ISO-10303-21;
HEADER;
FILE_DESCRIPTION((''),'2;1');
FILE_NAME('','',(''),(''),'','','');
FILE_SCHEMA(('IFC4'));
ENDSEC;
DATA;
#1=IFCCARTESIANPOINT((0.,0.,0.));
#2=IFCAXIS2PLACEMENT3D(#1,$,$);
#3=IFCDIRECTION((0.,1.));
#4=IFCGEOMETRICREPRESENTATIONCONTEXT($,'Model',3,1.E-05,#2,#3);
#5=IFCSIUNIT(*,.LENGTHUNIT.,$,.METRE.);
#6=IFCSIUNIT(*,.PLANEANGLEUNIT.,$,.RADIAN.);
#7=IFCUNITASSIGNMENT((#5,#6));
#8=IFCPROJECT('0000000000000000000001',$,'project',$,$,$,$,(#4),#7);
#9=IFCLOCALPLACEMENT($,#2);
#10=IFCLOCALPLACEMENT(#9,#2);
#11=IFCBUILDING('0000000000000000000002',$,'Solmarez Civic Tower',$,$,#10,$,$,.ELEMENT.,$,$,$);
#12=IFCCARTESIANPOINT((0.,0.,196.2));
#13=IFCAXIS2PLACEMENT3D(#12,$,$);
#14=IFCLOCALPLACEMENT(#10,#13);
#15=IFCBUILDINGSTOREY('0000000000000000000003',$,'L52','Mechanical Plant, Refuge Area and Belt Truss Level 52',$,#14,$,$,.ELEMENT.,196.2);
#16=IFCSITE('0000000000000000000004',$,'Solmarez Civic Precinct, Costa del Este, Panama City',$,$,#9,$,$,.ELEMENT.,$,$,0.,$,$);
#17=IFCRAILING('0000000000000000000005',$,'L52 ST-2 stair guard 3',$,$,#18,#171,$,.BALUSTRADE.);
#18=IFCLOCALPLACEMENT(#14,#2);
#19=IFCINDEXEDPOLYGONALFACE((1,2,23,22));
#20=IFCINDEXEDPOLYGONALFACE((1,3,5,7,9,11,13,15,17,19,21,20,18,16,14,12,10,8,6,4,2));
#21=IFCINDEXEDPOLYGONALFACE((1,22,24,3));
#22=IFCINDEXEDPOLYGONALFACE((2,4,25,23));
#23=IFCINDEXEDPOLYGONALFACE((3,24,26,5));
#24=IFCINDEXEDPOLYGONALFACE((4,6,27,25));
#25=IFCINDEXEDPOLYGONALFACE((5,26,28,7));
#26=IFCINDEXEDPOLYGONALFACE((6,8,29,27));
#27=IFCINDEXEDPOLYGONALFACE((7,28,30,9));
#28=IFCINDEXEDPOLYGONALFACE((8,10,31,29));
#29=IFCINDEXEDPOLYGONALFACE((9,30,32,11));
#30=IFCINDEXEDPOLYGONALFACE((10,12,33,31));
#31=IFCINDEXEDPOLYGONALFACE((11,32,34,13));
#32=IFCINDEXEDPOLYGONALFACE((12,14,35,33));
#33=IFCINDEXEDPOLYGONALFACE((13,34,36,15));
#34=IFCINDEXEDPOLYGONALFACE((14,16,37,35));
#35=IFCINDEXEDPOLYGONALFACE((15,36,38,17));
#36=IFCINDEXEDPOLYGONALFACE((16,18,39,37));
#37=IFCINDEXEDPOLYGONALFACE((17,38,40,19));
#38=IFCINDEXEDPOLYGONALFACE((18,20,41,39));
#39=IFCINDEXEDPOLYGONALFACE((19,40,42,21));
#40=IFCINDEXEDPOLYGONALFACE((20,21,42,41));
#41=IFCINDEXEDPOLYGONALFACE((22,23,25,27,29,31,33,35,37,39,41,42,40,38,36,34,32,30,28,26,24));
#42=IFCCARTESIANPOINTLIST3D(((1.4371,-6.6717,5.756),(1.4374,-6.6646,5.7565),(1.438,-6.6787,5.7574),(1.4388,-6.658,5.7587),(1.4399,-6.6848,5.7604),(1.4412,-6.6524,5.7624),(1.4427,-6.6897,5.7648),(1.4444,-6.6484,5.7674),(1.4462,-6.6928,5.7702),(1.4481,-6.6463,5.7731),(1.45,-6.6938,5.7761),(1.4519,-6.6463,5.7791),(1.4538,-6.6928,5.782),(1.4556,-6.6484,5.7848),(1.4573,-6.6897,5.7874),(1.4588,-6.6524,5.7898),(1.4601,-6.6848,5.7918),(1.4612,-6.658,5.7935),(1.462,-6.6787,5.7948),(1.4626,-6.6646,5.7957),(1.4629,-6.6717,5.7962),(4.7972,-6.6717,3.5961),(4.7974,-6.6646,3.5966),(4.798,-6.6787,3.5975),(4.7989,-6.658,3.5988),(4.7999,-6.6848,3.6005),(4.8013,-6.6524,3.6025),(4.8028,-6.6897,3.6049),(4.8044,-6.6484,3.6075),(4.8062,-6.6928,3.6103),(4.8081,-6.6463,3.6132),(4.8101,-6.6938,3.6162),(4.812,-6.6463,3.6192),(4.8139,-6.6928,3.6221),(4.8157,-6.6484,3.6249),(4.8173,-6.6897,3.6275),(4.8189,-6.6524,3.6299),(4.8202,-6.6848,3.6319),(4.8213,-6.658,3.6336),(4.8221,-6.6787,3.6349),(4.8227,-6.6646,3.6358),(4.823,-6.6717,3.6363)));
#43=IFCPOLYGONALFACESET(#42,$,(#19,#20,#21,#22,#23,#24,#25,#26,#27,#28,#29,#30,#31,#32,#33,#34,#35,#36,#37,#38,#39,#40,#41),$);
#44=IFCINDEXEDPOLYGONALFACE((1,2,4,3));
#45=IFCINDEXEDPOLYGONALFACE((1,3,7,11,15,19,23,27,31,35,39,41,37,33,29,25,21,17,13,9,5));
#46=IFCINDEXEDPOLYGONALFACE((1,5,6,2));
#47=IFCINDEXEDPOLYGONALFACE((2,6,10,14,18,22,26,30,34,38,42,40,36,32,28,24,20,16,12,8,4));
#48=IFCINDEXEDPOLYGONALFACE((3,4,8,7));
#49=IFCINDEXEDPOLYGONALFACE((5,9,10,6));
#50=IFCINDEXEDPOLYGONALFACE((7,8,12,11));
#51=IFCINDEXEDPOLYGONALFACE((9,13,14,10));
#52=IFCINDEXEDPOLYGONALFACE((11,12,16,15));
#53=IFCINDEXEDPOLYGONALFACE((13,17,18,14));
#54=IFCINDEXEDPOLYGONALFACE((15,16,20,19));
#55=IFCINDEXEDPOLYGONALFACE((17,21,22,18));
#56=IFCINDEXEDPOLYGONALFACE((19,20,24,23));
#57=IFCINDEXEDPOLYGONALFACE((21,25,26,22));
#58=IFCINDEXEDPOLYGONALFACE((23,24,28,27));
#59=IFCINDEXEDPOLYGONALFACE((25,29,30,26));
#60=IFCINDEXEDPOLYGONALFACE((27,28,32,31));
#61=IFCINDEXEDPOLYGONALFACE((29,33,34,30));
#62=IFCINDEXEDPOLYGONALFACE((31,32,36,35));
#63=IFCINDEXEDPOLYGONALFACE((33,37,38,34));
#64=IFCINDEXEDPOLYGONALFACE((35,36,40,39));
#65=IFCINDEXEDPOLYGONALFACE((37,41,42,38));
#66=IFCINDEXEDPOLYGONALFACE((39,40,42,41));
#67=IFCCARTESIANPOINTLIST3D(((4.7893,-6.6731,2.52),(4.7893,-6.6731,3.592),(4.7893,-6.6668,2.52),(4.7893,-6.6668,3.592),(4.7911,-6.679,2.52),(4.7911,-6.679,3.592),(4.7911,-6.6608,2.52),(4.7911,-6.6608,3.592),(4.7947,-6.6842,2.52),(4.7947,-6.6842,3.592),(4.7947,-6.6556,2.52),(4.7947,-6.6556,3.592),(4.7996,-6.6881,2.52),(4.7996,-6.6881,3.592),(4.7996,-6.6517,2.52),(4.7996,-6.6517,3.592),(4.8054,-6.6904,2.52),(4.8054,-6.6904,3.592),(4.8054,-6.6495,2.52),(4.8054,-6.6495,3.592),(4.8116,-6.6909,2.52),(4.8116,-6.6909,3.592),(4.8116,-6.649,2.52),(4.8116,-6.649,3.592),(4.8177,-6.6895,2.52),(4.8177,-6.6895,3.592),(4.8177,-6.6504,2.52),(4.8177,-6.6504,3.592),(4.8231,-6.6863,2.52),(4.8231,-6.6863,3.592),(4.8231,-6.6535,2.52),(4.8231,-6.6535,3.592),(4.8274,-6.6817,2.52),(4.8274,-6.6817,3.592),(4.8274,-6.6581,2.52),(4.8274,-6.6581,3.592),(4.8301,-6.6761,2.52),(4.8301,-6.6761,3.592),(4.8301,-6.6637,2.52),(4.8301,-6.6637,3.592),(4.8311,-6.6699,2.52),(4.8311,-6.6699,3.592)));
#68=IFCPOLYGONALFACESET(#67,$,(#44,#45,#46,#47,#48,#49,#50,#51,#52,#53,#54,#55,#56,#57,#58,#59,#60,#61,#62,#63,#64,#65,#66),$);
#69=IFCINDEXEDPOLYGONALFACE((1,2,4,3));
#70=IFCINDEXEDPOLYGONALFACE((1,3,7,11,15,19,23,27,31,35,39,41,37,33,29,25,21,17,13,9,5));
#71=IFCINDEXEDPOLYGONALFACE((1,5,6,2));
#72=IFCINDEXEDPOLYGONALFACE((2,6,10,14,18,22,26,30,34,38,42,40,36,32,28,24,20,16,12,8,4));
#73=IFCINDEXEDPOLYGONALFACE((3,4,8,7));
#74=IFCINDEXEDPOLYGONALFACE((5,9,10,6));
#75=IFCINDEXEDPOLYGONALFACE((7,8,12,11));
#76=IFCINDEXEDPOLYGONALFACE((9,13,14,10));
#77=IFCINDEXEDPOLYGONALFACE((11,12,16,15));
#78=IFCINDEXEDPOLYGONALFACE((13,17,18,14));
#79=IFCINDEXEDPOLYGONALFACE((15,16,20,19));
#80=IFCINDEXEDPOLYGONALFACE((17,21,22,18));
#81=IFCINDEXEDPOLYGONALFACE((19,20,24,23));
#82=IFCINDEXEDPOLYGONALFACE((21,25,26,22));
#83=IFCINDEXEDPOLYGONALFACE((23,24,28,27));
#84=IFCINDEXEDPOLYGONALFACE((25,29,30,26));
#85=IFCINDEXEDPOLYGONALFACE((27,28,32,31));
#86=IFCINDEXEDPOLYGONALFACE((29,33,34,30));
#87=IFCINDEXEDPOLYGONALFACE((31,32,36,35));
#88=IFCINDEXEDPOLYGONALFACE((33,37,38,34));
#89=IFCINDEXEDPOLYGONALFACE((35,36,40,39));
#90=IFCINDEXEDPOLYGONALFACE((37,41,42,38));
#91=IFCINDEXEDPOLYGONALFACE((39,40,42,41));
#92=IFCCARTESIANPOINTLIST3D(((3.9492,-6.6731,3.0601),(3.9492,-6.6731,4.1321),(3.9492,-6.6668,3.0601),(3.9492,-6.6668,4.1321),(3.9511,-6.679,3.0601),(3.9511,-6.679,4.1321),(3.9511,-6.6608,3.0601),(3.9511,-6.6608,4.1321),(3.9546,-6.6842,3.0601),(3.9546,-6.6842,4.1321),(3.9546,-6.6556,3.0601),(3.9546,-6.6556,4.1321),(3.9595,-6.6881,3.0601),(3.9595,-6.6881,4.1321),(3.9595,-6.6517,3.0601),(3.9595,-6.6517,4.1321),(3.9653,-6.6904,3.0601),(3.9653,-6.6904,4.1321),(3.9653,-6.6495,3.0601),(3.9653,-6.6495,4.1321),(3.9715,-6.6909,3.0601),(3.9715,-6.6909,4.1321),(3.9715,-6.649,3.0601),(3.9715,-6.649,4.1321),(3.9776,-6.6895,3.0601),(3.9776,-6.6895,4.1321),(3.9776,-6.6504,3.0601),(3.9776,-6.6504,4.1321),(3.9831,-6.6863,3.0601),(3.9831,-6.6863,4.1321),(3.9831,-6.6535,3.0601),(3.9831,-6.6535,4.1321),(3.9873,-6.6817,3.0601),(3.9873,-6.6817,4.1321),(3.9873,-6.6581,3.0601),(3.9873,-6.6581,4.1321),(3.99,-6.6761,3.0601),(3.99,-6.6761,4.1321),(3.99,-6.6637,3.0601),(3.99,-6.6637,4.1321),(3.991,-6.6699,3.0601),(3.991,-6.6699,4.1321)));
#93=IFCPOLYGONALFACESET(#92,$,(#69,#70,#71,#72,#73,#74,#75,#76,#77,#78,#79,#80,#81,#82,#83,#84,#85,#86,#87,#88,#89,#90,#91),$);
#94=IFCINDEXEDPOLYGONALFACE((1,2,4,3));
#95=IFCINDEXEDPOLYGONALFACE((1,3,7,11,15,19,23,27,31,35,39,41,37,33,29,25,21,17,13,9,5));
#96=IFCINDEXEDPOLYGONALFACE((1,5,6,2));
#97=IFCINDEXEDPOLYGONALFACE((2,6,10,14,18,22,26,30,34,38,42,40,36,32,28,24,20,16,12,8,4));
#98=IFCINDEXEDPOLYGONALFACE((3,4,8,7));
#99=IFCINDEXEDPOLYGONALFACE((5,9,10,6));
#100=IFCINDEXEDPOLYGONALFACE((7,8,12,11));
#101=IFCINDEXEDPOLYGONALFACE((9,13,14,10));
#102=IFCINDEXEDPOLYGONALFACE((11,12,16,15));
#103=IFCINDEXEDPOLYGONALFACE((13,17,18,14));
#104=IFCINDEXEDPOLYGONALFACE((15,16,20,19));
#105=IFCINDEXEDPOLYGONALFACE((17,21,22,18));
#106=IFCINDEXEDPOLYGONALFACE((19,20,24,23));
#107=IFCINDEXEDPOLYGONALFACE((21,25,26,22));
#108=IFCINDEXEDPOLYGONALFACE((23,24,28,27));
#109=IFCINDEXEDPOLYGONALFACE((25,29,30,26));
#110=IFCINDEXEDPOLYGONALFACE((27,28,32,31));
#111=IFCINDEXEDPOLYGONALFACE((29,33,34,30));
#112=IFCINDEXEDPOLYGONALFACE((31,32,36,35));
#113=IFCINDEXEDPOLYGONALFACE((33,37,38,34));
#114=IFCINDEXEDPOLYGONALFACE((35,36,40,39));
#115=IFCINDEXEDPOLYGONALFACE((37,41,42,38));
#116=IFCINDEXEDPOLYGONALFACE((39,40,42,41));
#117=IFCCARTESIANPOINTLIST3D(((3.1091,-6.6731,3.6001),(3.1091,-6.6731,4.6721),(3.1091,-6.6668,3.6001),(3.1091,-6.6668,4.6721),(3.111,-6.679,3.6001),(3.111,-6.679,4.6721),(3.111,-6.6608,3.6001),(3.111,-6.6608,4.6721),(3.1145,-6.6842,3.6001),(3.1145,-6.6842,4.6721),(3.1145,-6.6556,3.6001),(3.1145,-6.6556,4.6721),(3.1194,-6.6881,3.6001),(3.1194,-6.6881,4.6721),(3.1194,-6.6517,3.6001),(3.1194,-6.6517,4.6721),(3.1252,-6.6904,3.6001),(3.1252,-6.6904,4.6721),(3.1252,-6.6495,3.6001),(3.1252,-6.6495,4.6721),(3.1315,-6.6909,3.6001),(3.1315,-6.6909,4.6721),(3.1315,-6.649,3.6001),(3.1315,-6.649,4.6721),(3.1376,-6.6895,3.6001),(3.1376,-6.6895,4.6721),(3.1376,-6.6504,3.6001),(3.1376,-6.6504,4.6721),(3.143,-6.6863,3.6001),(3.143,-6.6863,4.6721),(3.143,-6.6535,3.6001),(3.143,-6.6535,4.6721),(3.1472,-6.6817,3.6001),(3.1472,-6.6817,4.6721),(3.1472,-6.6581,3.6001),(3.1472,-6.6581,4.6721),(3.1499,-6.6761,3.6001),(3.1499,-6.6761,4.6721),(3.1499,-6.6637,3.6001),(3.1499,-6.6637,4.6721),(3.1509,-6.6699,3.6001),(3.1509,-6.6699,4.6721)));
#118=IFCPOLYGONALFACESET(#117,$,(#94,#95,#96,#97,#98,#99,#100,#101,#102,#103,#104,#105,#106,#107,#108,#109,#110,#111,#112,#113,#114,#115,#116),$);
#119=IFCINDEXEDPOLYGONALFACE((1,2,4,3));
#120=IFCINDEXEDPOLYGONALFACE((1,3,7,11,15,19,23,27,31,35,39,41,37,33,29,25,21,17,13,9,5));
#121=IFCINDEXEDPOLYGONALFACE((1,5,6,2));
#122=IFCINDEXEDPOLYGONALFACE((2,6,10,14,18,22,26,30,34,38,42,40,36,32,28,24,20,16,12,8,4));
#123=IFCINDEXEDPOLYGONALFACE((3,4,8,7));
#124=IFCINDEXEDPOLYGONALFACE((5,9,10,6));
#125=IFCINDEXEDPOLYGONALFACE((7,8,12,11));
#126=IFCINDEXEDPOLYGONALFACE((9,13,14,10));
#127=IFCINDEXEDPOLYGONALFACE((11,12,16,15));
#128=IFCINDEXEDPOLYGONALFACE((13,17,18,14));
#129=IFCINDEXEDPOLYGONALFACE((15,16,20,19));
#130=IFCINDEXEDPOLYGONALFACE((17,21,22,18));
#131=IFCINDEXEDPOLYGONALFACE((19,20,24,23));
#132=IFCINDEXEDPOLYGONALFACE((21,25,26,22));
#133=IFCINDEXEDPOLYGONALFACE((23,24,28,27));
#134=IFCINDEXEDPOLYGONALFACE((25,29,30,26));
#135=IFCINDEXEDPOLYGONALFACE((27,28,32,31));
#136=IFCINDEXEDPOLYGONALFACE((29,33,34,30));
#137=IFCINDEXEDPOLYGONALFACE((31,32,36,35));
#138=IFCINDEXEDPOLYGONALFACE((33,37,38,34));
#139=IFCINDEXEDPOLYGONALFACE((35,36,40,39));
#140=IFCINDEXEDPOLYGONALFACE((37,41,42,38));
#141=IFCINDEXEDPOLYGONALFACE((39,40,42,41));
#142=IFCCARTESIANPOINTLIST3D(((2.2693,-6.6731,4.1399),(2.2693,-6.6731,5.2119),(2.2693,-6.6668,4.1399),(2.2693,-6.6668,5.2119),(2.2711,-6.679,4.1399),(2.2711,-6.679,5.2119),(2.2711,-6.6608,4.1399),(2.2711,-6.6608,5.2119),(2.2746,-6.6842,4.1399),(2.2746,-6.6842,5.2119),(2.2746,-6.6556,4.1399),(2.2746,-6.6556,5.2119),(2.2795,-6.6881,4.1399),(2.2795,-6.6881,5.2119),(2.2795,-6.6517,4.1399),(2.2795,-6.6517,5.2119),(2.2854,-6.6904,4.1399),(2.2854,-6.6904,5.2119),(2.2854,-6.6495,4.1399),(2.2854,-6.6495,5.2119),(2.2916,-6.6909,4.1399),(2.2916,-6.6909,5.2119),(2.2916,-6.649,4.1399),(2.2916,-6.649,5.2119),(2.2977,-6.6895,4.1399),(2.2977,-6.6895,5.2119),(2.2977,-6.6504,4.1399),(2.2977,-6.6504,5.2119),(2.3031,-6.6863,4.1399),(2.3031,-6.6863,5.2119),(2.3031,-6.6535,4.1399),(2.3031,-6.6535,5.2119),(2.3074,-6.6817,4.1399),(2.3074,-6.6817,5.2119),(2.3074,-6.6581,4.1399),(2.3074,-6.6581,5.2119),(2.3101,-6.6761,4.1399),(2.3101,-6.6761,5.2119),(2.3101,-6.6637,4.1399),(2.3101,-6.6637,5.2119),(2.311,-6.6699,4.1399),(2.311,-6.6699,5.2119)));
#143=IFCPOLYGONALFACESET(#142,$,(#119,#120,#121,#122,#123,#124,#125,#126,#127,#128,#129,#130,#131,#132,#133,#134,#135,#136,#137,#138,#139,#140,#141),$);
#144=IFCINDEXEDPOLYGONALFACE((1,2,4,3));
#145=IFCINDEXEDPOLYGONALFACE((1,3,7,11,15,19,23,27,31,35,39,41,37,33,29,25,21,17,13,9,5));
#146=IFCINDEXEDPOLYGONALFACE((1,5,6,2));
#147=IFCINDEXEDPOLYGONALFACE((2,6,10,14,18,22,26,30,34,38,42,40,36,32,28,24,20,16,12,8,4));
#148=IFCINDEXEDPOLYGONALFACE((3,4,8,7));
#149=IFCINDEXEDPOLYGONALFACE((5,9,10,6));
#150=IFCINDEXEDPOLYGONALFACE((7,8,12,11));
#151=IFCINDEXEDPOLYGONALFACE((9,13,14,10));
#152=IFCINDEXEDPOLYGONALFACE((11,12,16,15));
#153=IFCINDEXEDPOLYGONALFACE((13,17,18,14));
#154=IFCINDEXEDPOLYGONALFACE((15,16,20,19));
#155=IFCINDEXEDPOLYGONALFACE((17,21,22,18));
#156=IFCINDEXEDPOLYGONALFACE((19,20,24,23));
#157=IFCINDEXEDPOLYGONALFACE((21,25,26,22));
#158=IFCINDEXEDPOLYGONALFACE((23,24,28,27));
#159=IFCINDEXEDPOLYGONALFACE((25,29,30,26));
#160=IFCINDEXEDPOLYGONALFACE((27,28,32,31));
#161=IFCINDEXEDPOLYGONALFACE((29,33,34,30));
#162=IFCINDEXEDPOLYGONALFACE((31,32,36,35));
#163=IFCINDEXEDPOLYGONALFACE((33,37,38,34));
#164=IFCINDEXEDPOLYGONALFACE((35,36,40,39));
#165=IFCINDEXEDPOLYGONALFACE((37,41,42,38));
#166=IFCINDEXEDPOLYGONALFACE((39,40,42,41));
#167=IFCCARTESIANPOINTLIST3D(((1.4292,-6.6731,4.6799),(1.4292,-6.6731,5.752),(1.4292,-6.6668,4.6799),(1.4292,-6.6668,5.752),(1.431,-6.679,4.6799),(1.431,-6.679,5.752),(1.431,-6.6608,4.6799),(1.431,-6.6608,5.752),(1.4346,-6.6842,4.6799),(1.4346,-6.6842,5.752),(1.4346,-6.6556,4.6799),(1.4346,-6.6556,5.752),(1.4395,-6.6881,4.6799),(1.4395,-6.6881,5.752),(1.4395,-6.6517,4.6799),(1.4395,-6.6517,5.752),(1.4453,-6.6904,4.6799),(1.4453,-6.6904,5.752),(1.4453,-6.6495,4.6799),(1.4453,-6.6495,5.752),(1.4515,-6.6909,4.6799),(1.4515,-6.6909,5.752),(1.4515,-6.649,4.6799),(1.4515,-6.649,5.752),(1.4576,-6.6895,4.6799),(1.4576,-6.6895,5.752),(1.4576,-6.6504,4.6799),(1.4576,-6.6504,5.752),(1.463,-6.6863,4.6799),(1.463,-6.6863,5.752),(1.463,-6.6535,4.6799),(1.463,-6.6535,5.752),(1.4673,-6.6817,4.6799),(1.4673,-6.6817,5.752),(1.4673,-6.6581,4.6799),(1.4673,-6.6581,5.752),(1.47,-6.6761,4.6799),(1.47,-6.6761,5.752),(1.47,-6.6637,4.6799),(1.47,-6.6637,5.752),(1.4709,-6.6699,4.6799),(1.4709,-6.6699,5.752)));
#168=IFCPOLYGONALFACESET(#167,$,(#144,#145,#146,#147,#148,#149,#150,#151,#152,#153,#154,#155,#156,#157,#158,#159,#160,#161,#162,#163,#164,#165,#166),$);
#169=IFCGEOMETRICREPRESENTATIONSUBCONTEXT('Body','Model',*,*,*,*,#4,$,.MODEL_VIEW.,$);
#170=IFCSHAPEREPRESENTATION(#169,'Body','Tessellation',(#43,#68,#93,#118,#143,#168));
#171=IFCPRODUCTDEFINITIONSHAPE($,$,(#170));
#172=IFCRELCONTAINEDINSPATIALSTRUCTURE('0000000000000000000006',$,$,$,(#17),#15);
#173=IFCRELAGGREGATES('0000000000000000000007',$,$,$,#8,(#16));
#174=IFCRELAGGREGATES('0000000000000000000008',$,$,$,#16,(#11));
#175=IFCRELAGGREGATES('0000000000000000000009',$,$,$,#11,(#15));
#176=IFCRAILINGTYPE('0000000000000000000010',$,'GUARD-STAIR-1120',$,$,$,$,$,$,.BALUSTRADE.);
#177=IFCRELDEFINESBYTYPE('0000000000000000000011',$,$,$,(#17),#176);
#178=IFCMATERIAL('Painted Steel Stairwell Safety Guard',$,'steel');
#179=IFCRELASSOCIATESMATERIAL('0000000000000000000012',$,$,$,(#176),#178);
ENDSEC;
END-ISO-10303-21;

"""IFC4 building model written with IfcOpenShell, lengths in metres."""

from ifc_helpers import new_model, si_unit, direction, frame, origin, origin_2d, place, context, subcontext, project, spatial, circle, extrude, material, type_object, element, save


model = new_model("IFC4")

# Units and contexts
model_context = context("Model", 3, precision=1e-05, world=origin(), true_north=direction((0.0, 1.0)))
body_context = subcontext(model_context, "Body", "Model", "MODEL_VIEW")
ifc_project = project(units=[si_unit("LENGTHUNIT", "METRE"), si_unit("PLANEANGLEUNIT", "RADIAN")], contexts=[model_context])

# Site, building, storey
site_placement = place(None, origin())
site = spatial("IfcSite", under=ifc_project, at=site_placement, Name="Solmarez Civic Precinct, Costa del Este, Panama City", CompositionType="ELEMENT", RefElevation=0.0)
building_placement = place(site_placement, origin())
building = spatial("IfcBuilding", under=site, at=building_placement, Name="Solmarez Civic Tower", CompositionType="ELEMENT")
storey_placement = place(building_placement, frame((0.0, 0.0, 196.2)))
storey = spatial("IfcBuildingStorey", under=building, at=storey_placement, Name="L52", Description="Mechanical Plant, Refuge Area and Belt Truss Level 52", CompositionType="ELEMENT", Elevation=196.2)

# Railing
ifc_material_1 = material(Name="Painted Steel Stairwell Safety Guard", Category="steel")
railing_type_1 = type_object("IfcRailingType", Name="GUARD-STAIR-1120", PredefinedType="BALUSTRADE", material=ifc_material_1)
railing_1_placement = place(storey_placement, frame((4.8101, -6.6699, 2.52)))
element("IfcRailing", 1, at=railing_1_placement, inside=storey, type_object=railing_type_1, Name="L52 ST-2 stair guard 3", PredefinedType="BALUSTRADE", context=body_context, shape_type="SweptSolid", body=[
    extrude(circle(Radius=0.0239, at=origin_2d()), frame((0.0, 0.0, 1.0962), z_axis=(-0.841196, 0.0, 0.54073), x_axis=(0.0, -1.0, 0.0)), (0.0, 0.0, 1.0), 3.9944),
    extrude(circle(Radius=0.021, at=origin_2d()), origin(), (0.0, 0.0, 1.0), 1.072),
    extrude(circle(Radius=0.021, at=origin_2d()), frame((-0.8401, 0.0, 0.54)), (0.0, 0.0, 1.0), 1.072),
    extrude(circle(Radius=0.021, at=origin_2d()), frame((-1.6802, 0.0, 1.0801)), (0.0, 0.0, 1.0), 1.072),
    extrude(circle(Radius=0.021, at=origin_2d()), frame((-2.52, 0.0, 1.6199)), (0.0, 0.0, 1.0), 1.072),
    extrude(circle(Radius=0.021, at=origin_2d()), frame((-3.3601, 0.0, 2.1599)), (0.0, 0.0, 1.0), 1.072),
])

save(model, "model.ifc")
